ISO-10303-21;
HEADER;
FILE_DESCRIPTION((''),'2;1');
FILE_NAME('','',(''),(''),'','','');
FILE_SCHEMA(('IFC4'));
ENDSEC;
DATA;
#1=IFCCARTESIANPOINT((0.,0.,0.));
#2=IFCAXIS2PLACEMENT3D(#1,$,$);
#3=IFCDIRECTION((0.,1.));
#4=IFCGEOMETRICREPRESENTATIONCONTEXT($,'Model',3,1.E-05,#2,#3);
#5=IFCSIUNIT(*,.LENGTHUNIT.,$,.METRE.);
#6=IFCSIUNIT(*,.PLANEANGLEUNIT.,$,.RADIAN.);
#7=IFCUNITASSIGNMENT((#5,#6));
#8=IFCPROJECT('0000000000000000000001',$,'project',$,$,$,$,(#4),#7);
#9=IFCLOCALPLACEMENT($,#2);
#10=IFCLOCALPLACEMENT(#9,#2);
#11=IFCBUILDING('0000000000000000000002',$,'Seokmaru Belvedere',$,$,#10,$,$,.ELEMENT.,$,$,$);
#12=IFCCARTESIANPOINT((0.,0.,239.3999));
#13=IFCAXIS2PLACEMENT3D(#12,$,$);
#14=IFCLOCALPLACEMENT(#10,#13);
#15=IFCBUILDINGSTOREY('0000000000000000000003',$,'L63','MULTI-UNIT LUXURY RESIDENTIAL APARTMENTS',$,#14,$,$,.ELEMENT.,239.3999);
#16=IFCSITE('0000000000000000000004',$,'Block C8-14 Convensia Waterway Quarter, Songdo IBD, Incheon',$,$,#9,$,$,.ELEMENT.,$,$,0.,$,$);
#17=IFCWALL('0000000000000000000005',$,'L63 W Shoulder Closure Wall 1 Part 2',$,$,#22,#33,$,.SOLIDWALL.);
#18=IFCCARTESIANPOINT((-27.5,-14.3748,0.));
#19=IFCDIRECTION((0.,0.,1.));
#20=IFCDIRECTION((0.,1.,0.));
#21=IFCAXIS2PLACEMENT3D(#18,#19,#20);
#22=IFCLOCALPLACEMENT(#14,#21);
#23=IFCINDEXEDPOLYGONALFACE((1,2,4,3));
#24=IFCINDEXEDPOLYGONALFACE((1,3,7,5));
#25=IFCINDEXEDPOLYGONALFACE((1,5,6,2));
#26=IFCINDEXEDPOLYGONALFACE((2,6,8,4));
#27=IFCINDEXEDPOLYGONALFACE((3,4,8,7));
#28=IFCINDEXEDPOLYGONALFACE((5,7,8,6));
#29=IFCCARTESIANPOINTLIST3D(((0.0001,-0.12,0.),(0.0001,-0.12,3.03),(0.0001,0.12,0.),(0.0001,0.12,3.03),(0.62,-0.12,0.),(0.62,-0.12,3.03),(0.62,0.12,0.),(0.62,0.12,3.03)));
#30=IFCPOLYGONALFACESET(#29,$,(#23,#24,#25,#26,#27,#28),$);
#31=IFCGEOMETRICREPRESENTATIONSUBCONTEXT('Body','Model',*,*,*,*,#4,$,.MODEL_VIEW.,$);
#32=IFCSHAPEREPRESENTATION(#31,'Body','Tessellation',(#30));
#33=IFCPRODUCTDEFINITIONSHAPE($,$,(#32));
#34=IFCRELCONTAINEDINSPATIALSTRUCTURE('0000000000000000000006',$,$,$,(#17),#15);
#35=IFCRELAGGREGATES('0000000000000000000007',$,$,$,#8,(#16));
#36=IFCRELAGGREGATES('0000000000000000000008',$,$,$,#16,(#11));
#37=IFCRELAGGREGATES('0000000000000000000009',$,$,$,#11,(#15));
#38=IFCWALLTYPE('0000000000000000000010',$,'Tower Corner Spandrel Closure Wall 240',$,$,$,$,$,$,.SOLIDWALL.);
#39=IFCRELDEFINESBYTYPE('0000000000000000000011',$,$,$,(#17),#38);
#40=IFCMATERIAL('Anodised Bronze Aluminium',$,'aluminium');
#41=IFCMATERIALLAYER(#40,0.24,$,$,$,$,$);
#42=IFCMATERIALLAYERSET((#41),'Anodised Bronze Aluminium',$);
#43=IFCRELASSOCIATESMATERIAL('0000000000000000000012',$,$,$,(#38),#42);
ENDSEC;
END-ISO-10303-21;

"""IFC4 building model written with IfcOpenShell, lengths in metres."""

from ifc_helpers import new_model, si_unit, direction, frame, frame_2d, origin, place, context, subcontext, project, spatial, rectangle, extrude, material, layer, layer_set, type_object, element, save


model = new_model("IFC4")

# Units and contexts
model_context = context("Model", 3, precision=1e-05, world=origin(), true_north=direction((0.0, 1.0)))
body_context = subcontext(model_context, "Body", "Model", "MODEL_VIEW")
ifc_project = project(units=[si_unit("LENGTHUNIT", "METRE"), si_unit("PLANEANGLEUNIT", "RADIAN")], contexts=[model_context])

# Site, building, storey
site_placement = place(None, origin())
site = spatial("IfcSite", under=ifc_project, at=site_placement, Name="Block C8-14 Convensia Waterway Quarter, Songdo IBD, Incheon", CompositionType="ELEMENT", RefElevation=0.0)
building_placement = place(site_placement, origin())
building = spatial("IfcBuilding", under=site, at=building_placement, Name="Seokmaru Belvedere", CompositionType="ELEMENT")
storey_placement = place(building_placement, frame((0.0, 0.0, 239.3999)))
storey = spatial("IfcBuildingStorey", under=building, at=storey_placement, Name="L63", Description="MULTI-UNIT LUXURY RESIDENTIAL APARTMENTS", CompositionType="ELEMENT", Elevation=239.3999)

# Shared definitions
ifc_material_1 = material(Name="Anodised Bronze Aluminium", Category="aluminium")

# Wall
ifc_layer_1 = layer(ifc_material_1, 0.24)
ifc_layer_set_1 = layer_set([ifc_layer_1], Name="Anodised Bronze Aluminium")
wall_type_1 = type_object("IfcWallType", Name="Tower Corner Spandrel Closure Wall 240", PredefinedType="SOLIDWALL", material=ifc_layer_set_1)
wall_1_placement = place(storey_placement, frame((-27.5, -14.3748, 0.0), z_axis=(0.0, 0.0, 1.0), x_axis=(0.0, 1.0, 0.0)))
element("IfcWall", 1, at=wall_1_placement, inside=storey, type_object=wall_type_1, Name="L63 W Shoulder Closure Wall 1 Part 2", PredefinedType="SOLIDWALL", context=body_context, shape_type="SweptSolid", body=[
    extrude(rectangle(XDim=0.6199, YDim=0.24, at=frame_2d((0.3101, 0.0))), origin(), (0.0, 0.0, 1.0), 3.03),
])

save(model, "model.ifc")
